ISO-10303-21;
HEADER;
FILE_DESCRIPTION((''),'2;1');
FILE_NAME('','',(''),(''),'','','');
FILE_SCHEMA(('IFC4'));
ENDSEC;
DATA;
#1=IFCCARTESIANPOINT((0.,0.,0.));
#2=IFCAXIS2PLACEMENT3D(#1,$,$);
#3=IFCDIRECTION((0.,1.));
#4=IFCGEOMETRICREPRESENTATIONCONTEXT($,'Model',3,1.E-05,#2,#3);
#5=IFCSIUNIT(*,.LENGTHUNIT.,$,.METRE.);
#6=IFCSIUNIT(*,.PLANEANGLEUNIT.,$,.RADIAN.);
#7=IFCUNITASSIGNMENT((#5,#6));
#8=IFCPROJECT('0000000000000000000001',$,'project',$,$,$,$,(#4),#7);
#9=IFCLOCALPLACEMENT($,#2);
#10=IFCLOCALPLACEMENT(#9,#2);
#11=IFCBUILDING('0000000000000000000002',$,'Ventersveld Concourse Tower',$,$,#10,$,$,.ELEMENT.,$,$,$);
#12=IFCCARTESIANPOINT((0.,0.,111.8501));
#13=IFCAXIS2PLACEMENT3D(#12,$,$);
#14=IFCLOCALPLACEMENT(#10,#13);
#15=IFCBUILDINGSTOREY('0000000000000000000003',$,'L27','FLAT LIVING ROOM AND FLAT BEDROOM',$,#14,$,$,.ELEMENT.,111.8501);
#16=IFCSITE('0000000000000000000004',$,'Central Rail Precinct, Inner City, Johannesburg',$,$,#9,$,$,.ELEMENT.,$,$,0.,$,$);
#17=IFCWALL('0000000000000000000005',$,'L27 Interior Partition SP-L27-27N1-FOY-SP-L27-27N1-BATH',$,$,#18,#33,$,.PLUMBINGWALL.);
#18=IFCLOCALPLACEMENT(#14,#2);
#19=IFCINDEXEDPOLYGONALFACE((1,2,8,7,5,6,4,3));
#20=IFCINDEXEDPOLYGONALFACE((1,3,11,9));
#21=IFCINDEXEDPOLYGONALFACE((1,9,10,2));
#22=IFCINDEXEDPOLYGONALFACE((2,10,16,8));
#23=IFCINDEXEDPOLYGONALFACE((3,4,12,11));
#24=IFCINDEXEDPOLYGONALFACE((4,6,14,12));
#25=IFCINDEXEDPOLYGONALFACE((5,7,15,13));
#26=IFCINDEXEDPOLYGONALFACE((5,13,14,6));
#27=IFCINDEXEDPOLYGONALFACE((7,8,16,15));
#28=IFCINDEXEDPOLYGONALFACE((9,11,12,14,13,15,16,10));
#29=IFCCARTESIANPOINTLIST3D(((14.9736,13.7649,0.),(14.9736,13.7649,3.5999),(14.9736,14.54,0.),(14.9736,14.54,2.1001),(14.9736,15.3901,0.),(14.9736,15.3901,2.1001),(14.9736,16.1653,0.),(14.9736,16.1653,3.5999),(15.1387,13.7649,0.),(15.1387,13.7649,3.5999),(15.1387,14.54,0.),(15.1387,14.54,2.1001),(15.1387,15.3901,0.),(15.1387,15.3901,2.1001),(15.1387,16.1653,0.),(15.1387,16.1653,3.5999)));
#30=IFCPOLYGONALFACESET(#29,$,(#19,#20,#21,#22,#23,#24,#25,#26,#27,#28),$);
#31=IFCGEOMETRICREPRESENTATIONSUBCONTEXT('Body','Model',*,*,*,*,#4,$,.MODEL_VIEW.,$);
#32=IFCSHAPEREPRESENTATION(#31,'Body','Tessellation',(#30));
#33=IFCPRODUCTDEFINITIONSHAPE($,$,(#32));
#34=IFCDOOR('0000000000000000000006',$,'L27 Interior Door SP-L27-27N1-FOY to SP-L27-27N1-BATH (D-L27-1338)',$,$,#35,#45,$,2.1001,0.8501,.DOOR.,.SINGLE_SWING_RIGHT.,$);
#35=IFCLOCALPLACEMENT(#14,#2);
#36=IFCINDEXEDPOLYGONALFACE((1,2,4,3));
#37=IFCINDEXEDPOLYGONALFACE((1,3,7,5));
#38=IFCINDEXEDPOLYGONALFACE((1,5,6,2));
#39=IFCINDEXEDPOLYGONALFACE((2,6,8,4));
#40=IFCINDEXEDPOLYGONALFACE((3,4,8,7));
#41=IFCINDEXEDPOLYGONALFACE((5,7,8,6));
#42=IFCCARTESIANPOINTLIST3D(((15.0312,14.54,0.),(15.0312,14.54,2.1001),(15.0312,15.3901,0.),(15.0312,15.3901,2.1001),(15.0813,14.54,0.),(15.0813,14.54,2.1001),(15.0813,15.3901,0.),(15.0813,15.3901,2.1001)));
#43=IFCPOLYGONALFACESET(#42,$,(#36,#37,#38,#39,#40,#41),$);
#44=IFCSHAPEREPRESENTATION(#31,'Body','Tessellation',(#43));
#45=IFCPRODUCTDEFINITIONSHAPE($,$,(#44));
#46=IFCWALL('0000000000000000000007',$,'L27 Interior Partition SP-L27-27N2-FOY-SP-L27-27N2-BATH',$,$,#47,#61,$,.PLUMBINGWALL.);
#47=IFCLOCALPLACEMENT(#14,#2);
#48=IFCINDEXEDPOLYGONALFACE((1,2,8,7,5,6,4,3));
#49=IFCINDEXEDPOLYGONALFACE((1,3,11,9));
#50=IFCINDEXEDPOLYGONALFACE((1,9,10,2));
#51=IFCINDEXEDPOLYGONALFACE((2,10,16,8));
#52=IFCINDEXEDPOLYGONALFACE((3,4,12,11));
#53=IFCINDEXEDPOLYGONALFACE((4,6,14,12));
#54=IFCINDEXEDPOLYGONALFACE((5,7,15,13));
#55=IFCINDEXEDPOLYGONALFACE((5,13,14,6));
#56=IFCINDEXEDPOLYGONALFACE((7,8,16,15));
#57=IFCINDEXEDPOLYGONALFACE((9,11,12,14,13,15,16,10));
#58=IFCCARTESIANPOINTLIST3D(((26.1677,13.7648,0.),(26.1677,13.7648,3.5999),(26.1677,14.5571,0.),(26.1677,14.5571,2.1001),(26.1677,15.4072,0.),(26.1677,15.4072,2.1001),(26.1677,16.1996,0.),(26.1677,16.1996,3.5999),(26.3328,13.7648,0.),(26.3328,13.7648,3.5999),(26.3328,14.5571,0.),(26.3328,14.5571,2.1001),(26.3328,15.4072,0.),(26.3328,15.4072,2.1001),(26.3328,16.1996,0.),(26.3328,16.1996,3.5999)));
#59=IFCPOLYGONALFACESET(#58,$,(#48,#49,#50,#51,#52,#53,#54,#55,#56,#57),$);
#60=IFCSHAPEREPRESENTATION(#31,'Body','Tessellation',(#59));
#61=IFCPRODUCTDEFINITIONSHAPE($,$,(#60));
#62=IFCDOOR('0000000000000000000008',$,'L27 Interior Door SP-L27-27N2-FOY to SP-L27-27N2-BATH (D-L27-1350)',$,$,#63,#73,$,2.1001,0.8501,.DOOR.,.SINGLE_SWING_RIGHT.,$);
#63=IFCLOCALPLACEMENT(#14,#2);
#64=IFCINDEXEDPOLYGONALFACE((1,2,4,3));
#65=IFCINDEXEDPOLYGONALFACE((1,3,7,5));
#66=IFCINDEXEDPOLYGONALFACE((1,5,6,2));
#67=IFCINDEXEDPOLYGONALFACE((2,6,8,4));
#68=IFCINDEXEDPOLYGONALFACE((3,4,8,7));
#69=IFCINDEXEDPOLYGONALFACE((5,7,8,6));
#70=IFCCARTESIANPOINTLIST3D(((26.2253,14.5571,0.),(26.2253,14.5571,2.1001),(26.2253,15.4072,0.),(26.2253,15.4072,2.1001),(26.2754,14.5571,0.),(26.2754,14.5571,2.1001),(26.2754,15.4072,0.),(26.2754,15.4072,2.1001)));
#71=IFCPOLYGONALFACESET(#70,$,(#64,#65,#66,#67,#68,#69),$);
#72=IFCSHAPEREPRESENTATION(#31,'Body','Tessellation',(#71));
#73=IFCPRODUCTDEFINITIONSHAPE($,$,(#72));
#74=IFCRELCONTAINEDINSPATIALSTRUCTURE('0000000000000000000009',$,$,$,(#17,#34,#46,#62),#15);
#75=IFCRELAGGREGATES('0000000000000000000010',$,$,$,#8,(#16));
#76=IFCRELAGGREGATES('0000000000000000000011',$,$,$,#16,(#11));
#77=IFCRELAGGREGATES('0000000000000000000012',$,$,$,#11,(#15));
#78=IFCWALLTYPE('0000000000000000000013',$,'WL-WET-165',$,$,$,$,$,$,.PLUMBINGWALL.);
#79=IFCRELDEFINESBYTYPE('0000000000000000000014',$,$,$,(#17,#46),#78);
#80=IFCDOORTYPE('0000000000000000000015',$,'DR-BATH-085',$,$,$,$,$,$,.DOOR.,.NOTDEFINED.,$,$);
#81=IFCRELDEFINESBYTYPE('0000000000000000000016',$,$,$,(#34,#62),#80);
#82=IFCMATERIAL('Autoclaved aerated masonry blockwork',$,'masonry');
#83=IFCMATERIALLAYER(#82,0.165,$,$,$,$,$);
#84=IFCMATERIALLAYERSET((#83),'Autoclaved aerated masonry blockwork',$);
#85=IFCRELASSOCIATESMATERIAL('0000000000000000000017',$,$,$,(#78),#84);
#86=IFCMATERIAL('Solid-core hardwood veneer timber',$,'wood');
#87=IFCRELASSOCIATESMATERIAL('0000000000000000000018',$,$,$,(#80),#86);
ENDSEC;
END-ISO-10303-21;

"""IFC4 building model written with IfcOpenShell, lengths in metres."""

from ifc_helpers import new_model, si_unit, direction, frame, frame_2d, origin, place, context, subcontext, project, spatial, rectangle, extrude, material, layer, layer_set, type_object, element, fill, save


model = new_model("IFC4")

# Units and contexts
model_context = context("Model", 3, precision=1e-05, world=origin(), true_north=direction((0.0, 1.0)))
body_context = subcontext(model_context, "Body", "Model", "MODEL_VIEW")
ifc_project = project(units=[si_unit("LENGTHUNIT", "METRE"), si_unit("PLANEANGLEUNIT", "RADIAN")], contexts=[model_context])

# Site, building, storey
site_placement = place(None, origin())
site = spatial("IfcSite", under=ifc_project, at=site_placement, Name="Central Rail Precinct, Inner City, Johannesburg", CompositionType="ELEMENT", RefElevation=0.0)
building_placement = place(site_placement, origin())
building = spatial("IfcBuilding", under=site, at=building_placement, Name="Ventersveld Concourse Tower", CompositionType="ELEMENT")
storey_placement = place(building_placement, frame((0.0, 0.0, 111.8501)))
storey = spatial("IfcBuildingStorey", under=building, at=storey_placement, Name="L27", Description="FLAT LIVING ROOM AND FLAT BEDROOM", CompositionType="ELEMENT", Elevation=111.8501)

# Shared definitions
ifc_material_1 = material(Name="Solid-core hardwood veneer timber", Category="wood")

# Walls, openings, doors
ifc_material_2 = material(Name="Autoclaved aerated masonry blockwork", Category="masonry")
ifc_layer_1 = layer(ifc_material_2, 0.165)
ifc_layer_set_1 = layer_set([ifc_layer_1], Name="Autoclaved aerated masonry blockwork")
wall_type_1 = type_object("IfcWallType", Name="WL-WET-165", PredefinedType="PLUMBINGWALL", material=ifc_layer_set_1)
wall_1_placement = place(storey_placement, frame((15.0562, 13.7649, 0.0), z_axis=(0.0, 0.0, 1.0), x_axis=(0.0, 1.0, 0.0)))
wall_1 = element("IfcWall", 1, at=wall_1_placement, inside=storey, type_object=wall_type_1, Name="L27 Interior Partition SP-L27-27N1-FOY-SP-L27-27N1-BATH", PredefinedType="PLUMBINGWALL", context=body_context, shape_type="SweptSolid", body=[
    extrude(rectangle(XDim=2.4004, YDim=0.165, at=frame_2d((1.2002, 0.0))), origin(), (0.0, 0.0, 1.0), 3.5999),
])
opening_1_placement = place(wall_1_placement, frame((0.7751, 0.0, 0.0)))
opening_1 = element("IfcOpeningElement", 2, at=opening_1_placement, cuts=wall_1, PredefinedType="OPENING", context=body_context, shape_type="SweptSolid", body=[
    extrude(rectangle(XDim=0.8501, YDim=2.1001, at=frame_2d((0.425, 1.05))), frame((0.0, 0.0925, 0.0), z_axis=(0.0, -1.0, 0.0), x_axis=(1.0, 0.0, 0.0)), (0.0, 0.0, 1.0), 0.1851),
])
door_type_1 = type_object("IfcDoorType", Name="DR-BATH-085", OperationType="NOTDEFINED", PredefinedType="DOOR", material=ifc_material_1)
door_1_placement = place(opening_1_placement, origin())
door_1 = element("IfcDoor", 3, at=door_1_placement, inside=storey, type_object=door_type_1, Name="L27 Interior Door SP-L27-27N1-FOY to SP-L27-27N1-BATH (D-L27-1338)", OperationType="SINGLE_SWING_RIGHT", OverallHeight=2.1001, OverallWidth=0.8501, PredefinedType="DOOR", context=body_context, shape_type="SweptSolid", body=[
    extrude(rectangle(XDim=0.8501, YDim=2.1001, at=frame_2d((0.425, 1.05))), frame((0.0, 0.0249, 0.0), z_axis=(0.0, -1.0, 0.0), x_axis=(1.0, 0.0, 0.0)), (0.0, 0.0, 1.0), 0.05),
])
fill(opening_1, door_1)
wall_2_placement = place(storey_placement, frame((26.2502, 13.7649, 0.0), z_axis=(0.0, 0.0, 1.0), x_axis=(0.0, 1.0, 0.0)))
wall_2 = element("IfcWall", 4, at=wall_2_placement, inside=storey, type_object=wall_type_1, Name="L27 Interior Partition SP-L27-27N2-FOY-SP-L27-27N2-BATH", PredefinedType="PLUMBINGWALL", context=body_context, shape_type="SweptSolid", body=[
    extrude(rectangle(XDim=2.4348, YDim=0.165, at=frame_2d((1.2173, 0.0))), origin(), (0.0, 0.0, 1.0), 3.5999),
])
opening_2_placement = place(wall_2_placement, frame((0.7922, 0.0, 0.0)))
opening_2 = element("IfcOpeningElement", 5, at=opening_2_placement, cuts=wall_2, PredefinedType="OPENING", context=body_context, shape_type="SweptSolid", body=[
    extrude(rectangle(XDim=0.8501, YDim=2.1001, at=frame_2d((0.425, 1.05))), frame((0.0, 0.0925, 0.0), z_axis=(0.0, -1.0, 0.0), x_axis=(1.0, 0.0, 0.0)), (0.0, 0.0, 1.0), 0.1851),
])
door_2_placement = place(opening_2_placement, origin())
door_2 = element("IfcDoor", 6, at=door_2_placement, inside=storey, type_object=door_type_1, Name="L27 Interior Door SP-L27-27N2-FOY to SP-L27-27N2-BATH (D-L27-1350)", OperationType="SINGLE_SWING_RIGHT", OverallHeight=2.1001, OverallWidth=0.8501, PredefinedType="DOOR", context=body_context, shape_type="SweptSolid", body=[
    extrude(rectangle(XDim=0.8501, YDim=2.1001, at=frame_2d((0.425, 1.05))), frame((0.0, 0.0249, 0.0), z_axis=(0.0, -1.0, 0.0), x_axis=(1.0, 0.0, 0.0)), (0.0, 0.0, 1.0), 0.05),
])
fill(opening_2, door_2)

save(model, "model.ifc")
